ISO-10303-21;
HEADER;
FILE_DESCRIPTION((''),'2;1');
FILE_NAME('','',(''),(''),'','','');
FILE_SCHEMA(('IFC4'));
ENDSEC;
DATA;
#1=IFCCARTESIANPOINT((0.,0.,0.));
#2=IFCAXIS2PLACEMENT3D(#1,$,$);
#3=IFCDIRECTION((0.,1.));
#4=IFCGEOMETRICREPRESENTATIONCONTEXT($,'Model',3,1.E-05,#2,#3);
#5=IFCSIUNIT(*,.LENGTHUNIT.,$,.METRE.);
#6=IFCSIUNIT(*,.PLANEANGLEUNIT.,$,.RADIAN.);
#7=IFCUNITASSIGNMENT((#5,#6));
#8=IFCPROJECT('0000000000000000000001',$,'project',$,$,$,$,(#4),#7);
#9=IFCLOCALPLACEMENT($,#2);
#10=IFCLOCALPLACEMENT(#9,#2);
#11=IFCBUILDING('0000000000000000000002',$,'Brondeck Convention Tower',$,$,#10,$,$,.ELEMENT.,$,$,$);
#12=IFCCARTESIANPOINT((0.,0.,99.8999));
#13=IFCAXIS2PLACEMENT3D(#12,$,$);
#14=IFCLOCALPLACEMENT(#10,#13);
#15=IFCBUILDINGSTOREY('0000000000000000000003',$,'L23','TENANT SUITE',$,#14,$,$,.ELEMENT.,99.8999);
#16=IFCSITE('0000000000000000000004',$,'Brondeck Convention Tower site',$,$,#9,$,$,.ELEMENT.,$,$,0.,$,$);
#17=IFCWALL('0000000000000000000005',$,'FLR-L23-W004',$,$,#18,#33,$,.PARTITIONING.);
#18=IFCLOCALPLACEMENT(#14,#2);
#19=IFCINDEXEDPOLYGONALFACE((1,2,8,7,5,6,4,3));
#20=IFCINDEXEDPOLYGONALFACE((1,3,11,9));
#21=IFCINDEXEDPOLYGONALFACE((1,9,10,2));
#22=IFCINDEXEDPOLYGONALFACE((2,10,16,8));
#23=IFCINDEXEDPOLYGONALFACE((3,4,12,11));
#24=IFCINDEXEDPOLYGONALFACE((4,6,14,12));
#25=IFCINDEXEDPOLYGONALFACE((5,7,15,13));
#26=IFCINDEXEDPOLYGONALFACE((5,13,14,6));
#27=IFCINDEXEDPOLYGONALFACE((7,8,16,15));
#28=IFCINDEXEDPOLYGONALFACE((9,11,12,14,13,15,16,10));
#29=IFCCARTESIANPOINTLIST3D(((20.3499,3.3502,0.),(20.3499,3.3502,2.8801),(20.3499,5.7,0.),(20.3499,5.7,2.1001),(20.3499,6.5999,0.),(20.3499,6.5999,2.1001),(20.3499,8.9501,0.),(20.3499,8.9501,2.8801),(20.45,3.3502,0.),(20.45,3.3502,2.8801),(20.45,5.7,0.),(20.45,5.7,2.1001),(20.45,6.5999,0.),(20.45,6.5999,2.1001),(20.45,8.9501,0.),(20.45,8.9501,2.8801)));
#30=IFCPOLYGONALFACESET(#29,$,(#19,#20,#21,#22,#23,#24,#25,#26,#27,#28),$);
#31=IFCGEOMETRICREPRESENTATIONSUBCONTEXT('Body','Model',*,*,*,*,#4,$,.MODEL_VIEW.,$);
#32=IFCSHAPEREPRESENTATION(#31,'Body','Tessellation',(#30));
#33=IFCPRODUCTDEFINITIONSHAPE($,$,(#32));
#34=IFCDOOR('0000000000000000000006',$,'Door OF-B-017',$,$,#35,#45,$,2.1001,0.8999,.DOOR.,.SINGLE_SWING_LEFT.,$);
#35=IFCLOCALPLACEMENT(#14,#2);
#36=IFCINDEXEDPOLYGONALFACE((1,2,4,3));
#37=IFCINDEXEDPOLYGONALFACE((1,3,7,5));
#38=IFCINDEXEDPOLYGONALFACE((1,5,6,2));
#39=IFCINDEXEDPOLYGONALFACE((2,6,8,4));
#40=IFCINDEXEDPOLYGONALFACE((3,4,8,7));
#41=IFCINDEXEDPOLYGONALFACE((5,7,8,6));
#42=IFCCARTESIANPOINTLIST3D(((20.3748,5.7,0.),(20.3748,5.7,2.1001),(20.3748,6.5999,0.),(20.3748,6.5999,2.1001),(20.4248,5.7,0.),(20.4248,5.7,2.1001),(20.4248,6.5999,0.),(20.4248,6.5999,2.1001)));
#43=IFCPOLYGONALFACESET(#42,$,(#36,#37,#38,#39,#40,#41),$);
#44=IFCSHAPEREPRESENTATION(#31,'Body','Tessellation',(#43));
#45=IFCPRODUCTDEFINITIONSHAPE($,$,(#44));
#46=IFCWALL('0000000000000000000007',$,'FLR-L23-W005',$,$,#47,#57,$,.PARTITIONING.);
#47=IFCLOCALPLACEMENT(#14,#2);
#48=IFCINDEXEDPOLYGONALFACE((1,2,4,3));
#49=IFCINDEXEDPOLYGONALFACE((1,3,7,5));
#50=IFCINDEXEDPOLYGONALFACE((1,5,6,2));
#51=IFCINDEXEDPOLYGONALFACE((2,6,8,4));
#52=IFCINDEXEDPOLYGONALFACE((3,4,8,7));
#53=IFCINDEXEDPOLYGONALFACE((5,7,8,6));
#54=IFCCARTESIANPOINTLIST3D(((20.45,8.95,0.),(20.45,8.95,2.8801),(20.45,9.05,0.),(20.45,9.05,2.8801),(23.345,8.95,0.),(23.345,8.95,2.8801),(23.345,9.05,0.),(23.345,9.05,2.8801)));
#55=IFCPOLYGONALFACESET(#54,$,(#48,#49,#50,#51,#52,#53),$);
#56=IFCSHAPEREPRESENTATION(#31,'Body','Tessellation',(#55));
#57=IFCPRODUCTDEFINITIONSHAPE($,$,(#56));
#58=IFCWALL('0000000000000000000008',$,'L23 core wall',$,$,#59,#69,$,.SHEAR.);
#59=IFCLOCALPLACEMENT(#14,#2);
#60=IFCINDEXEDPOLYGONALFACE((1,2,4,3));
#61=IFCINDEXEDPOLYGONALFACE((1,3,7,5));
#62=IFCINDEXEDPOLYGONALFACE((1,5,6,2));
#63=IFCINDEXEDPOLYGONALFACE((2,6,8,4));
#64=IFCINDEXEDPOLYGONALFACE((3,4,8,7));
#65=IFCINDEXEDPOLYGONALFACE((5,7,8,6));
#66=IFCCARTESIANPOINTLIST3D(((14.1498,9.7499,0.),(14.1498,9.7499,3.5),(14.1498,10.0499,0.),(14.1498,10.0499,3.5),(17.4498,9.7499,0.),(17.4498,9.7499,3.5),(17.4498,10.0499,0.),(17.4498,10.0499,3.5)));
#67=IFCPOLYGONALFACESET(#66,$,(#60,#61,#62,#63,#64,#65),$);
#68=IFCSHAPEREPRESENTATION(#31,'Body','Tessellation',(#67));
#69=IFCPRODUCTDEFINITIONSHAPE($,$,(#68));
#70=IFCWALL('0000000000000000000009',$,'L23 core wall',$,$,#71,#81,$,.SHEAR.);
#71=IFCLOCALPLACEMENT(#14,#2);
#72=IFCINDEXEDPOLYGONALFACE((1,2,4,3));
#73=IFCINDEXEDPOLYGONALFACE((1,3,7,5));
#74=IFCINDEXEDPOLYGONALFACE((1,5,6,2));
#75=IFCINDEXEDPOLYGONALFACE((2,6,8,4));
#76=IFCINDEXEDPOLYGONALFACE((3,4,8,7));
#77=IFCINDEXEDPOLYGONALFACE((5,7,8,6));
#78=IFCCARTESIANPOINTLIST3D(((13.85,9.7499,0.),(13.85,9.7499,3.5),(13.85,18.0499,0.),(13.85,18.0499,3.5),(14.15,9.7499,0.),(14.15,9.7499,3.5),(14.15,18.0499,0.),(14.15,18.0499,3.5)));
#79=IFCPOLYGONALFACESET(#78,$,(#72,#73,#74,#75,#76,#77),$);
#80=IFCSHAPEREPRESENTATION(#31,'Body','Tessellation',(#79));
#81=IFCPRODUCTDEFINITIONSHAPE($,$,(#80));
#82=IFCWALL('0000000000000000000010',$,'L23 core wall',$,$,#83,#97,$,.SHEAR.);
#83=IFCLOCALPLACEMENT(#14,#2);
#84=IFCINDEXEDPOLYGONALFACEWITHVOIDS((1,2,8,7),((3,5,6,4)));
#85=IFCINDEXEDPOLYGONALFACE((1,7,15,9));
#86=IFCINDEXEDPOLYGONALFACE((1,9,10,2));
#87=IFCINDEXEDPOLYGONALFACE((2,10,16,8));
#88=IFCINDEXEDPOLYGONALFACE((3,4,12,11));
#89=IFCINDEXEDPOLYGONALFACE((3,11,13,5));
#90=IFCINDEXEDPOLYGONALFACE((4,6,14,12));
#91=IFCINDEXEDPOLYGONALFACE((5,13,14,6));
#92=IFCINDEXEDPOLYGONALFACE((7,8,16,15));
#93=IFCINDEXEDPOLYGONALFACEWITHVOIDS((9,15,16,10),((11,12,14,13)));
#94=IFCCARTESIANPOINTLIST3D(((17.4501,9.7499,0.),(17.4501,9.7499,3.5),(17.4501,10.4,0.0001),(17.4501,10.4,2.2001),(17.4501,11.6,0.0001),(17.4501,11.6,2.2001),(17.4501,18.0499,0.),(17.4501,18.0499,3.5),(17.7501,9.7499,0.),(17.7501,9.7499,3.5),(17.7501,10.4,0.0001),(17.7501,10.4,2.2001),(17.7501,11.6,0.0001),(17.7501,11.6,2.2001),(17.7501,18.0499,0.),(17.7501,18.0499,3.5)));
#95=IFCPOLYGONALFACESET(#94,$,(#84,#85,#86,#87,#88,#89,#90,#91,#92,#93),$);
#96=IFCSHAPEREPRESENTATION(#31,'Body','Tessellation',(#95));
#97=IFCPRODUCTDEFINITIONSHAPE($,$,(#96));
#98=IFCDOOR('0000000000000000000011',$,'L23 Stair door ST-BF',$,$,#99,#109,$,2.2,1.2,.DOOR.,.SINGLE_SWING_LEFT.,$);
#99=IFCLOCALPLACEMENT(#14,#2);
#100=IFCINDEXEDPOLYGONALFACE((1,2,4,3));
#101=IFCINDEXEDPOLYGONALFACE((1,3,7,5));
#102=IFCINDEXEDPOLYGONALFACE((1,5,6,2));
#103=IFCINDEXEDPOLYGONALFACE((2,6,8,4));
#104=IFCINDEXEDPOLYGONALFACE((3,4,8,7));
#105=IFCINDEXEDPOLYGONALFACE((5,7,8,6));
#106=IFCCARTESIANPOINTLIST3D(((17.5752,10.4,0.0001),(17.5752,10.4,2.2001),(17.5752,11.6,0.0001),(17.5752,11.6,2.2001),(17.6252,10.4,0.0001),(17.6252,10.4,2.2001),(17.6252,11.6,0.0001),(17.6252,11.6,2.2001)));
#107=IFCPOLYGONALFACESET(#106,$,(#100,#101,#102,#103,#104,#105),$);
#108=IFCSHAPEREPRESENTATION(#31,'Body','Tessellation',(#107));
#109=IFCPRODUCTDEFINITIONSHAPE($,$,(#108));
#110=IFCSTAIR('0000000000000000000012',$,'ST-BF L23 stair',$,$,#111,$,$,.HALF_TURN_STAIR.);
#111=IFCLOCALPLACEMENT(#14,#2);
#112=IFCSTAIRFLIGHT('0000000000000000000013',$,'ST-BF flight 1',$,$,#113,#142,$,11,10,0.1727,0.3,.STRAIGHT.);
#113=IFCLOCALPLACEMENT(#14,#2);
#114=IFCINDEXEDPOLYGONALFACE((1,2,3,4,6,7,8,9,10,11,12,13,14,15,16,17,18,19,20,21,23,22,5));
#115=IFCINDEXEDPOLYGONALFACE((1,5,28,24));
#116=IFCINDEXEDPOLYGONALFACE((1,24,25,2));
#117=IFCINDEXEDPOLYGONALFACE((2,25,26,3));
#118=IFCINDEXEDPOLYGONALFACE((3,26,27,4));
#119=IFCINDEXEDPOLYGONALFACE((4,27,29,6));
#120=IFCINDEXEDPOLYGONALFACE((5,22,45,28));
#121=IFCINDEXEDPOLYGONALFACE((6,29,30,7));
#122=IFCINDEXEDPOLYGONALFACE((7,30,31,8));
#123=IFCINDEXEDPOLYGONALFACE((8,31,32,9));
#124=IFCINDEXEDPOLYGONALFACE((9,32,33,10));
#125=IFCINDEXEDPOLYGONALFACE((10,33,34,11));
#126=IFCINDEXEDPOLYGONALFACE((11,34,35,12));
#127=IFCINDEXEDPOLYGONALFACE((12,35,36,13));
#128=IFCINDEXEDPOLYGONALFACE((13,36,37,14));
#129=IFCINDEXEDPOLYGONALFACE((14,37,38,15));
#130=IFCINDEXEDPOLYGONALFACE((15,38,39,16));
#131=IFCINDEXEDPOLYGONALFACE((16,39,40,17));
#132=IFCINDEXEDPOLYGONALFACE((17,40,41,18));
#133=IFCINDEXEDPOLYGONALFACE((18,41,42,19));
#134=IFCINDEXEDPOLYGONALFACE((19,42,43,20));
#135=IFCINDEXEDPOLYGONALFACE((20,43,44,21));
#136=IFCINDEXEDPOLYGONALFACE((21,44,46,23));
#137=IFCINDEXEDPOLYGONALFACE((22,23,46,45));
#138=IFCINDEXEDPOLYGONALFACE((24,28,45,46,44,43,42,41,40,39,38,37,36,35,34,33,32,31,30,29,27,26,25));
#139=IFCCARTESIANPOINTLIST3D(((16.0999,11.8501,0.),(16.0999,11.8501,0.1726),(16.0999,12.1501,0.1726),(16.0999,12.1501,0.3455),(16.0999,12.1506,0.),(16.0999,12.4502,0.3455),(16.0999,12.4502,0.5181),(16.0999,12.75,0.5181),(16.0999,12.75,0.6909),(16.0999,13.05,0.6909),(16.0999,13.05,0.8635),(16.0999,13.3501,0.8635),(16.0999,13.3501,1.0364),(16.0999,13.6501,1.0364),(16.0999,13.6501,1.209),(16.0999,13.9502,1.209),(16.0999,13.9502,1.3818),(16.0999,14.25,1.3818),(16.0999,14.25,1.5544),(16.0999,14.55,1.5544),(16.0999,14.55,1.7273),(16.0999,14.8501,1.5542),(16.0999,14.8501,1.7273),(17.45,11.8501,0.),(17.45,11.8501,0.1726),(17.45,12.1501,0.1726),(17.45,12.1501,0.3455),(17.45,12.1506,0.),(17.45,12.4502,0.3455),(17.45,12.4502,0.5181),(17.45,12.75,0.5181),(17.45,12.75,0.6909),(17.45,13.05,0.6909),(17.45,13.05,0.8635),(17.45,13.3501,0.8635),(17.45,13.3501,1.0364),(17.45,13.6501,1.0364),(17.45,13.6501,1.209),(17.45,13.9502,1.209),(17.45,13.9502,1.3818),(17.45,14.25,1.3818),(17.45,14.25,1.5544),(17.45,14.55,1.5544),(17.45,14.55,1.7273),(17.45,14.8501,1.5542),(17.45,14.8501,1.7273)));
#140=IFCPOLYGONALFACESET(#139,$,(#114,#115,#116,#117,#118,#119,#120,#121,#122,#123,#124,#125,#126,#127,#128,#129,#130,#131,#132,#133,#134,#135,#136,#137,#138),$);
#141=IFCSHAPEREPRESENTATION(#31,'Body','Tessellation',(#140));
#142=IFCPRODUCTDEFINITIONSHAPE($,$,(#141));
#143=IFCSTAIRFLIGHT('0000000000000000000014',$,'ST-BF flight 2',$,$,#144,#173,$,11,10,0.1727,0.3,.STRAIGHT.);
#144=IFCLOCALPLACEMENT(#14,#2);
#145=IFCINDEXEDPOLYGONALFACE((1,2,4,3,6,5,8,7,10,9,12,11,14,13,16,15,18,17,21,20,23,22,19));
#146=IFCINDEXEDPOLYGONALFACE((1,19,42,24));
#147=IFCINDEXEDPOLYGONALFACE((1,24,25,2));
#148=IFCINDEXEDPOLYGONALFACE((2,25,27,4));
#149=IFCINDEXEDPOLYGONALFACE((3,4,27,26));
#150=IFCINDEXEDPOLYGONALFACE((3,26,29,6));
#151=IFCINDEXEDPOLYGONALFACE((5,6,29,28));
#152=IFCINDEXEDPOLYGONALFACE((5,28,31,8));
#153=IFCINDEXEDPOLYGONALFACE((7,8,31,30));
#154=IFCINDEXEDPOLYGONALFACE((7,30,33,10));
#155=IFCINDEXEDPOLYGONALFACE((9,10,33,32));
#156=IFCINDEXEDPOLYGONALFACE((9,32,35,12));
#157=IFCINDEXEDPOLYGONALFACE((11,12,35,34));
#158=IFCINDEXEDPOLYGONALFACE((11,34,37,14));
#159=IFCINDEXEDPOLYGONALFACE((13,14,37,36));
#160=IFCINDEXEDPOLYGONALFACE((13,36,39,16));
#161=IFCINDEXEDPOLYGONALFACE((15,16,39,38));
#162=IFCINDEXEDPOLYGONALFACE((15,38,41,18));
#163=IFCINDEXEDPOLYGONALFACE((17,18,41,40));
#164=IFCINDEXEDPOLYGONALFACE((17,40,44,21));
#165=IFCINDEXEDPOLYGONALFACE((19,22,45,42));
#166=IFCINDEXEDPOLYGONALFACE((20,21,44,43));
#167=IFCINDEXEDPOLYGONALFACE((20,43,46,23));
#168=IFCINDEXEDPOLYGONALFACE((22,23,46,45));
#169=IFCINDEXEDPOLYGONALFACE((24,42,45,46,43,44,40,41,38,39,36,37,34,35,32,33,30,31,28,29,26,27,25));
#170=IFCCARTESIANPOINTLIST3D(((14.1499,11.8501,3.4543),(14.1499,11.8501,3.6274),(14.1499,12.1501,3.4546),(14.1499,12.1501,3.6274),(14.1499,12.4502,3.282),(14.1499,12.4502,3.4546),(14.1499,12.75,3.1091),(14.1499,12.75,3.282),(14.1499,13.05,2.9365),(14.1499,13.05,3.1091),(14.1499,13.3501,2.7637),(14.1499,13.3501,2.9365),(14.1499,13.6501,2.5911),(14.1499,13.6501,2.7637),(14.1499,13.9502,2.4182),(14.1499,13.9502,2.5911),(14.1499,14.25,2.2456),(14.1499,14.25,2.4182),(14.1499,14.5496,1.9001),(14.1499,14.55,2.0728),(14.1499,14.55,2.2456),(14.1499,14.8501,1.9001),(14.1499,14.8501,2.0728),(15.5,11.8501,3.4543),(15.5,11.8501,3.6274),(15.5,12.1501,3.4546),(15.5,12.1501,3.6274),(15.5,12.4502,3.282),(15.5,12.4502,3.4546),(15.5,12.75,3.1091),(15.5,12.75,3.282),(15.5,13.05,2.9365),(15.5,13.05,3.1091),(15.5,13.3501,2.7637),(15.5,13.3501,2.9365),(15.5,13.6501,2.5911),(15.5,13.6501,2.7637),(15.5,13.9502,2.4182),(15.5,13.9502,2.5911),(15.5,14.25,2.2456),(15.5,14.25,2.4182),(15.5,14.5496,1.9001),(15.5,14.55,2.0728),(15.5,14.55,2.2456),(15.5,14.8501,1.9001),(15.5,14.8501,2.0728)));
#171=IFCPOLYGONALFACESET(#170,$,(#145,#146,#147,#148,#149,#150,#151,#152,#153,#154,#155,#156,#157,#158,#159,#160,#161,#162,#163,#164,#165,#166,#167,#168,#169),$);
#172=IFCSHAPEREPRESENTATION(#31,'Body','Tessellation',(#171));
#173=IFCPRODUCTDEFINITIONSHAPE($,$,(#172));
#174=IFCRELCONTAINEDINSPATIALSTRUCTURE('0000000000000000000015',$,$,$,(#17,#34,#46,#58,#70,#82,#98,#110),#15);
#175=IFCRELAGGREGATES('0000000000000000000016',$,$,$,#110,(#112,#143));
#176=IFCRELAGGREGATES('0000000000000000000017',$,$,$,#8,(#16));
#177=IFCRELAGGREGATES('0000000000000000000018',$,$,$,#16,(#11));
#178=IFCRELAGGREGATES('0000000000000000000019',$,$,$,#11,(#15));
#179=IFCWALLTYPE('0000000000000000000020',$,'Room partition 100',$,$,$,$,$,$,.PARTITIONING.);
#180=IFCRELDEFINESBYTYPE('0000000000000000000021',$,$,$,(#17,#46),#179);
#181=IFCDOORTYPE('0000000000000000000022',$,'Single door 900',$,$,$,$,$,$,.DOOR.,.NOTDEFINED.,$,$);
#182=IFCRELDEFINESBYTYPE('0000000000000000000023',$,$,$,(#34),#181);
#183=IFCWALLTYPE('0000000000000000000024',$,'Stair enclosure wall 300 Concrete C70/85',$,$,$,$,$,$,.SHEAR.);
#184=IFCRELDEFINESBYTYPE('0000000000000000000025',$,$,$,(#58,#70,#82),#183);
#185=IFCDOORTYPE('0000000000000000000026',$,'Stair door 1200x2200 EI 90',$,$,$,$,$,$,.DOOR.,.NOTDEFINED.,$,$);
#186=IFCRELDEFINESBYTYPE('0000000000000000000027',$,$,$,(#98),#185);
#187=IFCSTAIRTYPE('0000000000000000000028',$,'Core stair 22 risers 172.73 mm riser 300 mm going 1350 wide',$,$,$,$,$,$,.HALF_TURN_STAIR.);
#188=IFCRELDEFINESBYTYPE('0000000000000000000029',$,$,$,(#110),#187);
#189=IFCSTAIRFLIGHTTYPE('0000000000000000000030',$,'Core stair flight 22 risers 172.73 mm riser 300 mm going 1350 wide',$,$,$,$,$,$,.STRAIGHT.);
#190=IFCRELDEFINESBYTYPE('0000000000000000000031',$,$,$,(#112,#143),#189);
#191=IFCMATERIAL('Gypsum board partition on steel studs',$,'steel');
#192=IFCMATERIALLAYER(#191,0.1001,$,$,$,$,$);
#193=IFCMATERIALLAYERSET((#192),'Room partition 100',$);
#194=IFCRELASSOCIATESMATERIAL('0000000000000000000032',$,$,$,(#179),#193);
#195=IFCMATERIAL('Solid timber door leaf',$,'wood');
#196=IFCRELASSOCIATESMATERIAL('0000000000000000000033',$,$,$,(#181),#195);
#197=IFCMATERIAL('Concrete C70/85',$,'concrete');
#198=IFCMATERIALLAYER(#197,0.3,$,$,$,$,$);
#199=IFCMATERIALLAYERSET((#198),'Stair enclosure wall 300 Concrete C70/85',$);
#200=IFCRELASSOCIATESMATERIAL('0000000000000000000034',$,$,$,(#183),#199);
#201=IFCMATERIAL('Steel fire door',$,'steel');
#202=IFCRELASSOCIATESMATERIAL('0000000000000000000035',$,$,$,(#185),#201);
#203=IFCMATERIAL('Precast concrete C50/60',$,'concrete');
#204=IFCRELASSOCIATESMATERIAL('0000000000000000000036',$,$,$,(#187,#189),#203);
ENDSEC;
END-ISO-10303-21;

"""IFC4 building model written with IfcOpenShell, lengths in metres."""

from ifc_helpers import new_model, si_unit, direction, frame, frame_2d, origin, place, context, subcontext, project, spatial, polyline, rectangle, outline, extrude, material, layer, layer_set, type_object, element, fill, aggregate, save


model = new_model("IFC4")

# Units and contexts
model_context = context("Model", 3, precision=1e-05, world=origin(), true_north=direction((0.0, 1.0)))
body_context = subcontext(model_context, "Body", "Model", "MODEL_VIEW")
ifc_project = project(units=[si_unit("LENGTHUNIT", "METRE"), si_unit("PLANEANGLEUNIT", "RADIAN")], contexts=[model_context])

# Site, building, storey
site_placement = place(None, origin())
site = spatial("IfcSite", under=ifc_project, at=site_placement, Name="Brondeck Convention Tower site", CompositionType="ELEMENT", RefElevation=0.0)
building_placement = place(site_placement, origin())
building = spatial("IfcBuilding", under=site, at=building_placement, Name="Brondeck Convention Tower", CompositionType="ELEMENT")
storey_placement = place(building_placement, frame((0.0, 0.0, 99.8999)))
storey = spatial("IfcBuildingStorey", under=building, at=storey_placement, Name="L23", Description="TENANT SUITE", CompositionType="ELEMENT", Elevation=99.8999)

# Shared definitions
ifc_material_1 = material(Name="Concrete C70/85", Category="concrete")

# Shared definitions
ifc_material_2 = material(Name="Gypsum board partition on steel studs", Category="steel")
ifc_layer_1 = layer(ifc_material_2, 0.1001)
ifc_layer_set_1 = layer_set([ifc_layer_1], Name="Room partition 100")
wall_type_1 = type_object("IfcWallType", Name="Room partition 100", PredefinedType="PARTITIONING", material=ifc_layer_set_1)

# Wall, opening, door
ifc_material_3 = material(Name="Solid timber door leaf", Category="wood")
door_type_1 = type_object("IfcDoorType", Name="Single door 900", OperationType="NOTDEFINED", PredefinedType="DOOR", material=ifc_material_3)
wall_1_placement = place(storey_placement, frame((20.3999, 8.95, 0.0), z_axis=(0.0, 0.0, 1.0), x_axis=(0.0, -1.0, 0.0)))
wall_1 = element("IfcWall", 1, at=wall_1_placement, inside=storey, type_object=wall_type_1, Name="FLR-L23-W004", PredefinedType="PARTITIONING", context=body_context, shape_type="SweptSolid", body=[
    extrude(rectangle(XDim=5.5999, YDim=0.1001, at=frame_2d((2.7998, 0.0))), origin(), (0.0, 0.0, 1.0), 2.8801),
])
opening_1_placement = place(wall_1_placement, frame((2.3501, 0.0, 0.0)))
opening_1 = element("IfcOpeningElement", 2, at=opening_1_placement, cuts=wall_1, PredefinedType="OPENING", context=body_context, shape_type="SweptSolid", body=[
    extrude(rectangle(XDim=0.8999, YDim=2.1001, at=frame_2d((0.45, 1.05))), frame((0.0, 0.0601, 0.0), z_axis=(0.0, -1.0, 0.0), x_axis=(1.0, 0.0, 0.0)), (0.0, 0.0, 1.0), 0.1201),
])
door_1_placement = place(opening_1_placement, origin())
door_1 = element("IfcDoor", 3, at=door_1_placement, inside=storey, type_object=door_type_1, Name="Door OF-B-017", OperationType="SINGLE_SWING_LEFT", OverallHeight=2.1001, OverallWidth=0.8999, PredefinedType="DOOR", context=body_context, shape_type="SweptSolid", body=[
    extrude(rectangle(XDim=0.8999, YDim=2.1001, at=frame_2d((0.45, 1.05))), frame((0.0, 0.0249, 0.0), z_axis=(0.0, -1.0, 0.0), x_axis=(1.0, 0.0, 0.0)), (0.0, 0.0, 1.0), 0.05),
])
fill(opening_1, door_1)

# Walls
wall_2_placement = place(storey_placement, frame((23.345, 9.0, 0.0), z_axis=(0.0, 0.0, 1.0), x_axis=(-1.0, 0.0, 0.0)))
element("IfcWall", 4, at=wall_2_placement, inside=storey, type_object=wall_type_1, Name="FLR-L23-W005", PredefinedType="PARTITIONING", context=body_context, shape_type="SweptSolid", body=[
    extrude(rectangle(XDim=2.895, YDim=0.1001, at=frame_2d((1.4475, 0.0))), origin(), (0.0, 0.0, 1.0), 2.8801),
])
ifc_layer_2 = layer(ifc_material_1, 0.3)
ifc_layer_set_2 = layer_set([ifc_layer_2], Name="Stair enclosure wall 300 Concrete C70/85")
wall_type_2 = type_object("IfcWallType", Name="Stair enclosure wall 300 Concrete C70/85", PredefinedType="SHEAR", material=ifc_layer_set_2)
wall_3_placement = place(storey_placement, frame((14.1499, 9.8999, 0.0), z_axis=(0.0, 0.0, 1.0), x_axis=(1.0, 0.0, 0.0)))
element("IfcWall", 5, at=wall_3_placement, inside=storey, type_object=wall_type_2, Name="L23 core wall", PredefinedType="SHEAR", context=body_context, shape_type="SweptSolid", body=[
    extrude(rectangle(XDim=3.3, YDim=0.3, at=frame_2d((1.6499, 0.0))), origin(), (0.0, 0.0, 1.0), 3.5),
])
wall_4_placement = place(storey_placement, frame((14.0, 9.75, 0.0), z_axis=(0.0, 0.0, 1.0), x_axis=(0.0, 1.0, 0.0)))
element("IfcWall", 6, at=wall_4_placement, inside=storey, type_object=wall_type_2, Name="L23 core wall", PredefinedType="SHEAR", context=body_context, shape_type="SweptSolid", body=[
    extrude(rectangle(XDim=8.3, YDim=0.3, at=frame_2d((4.1499, 0.0))), origin(), (0.0, 0.0, 1.0), 3.5),
])

# Wall, opening, door
wall_5_placement = place(storey_placement, frame((17.6001, 9.75, 0.0), z_axis=(0.0, 0.0, 1.0), x_axis=(0.0, 1.0, 0.0)))
wall_5 = element("IfcWall", 7, at=wall_5_placement, inside=storey, type_object=wall_type_2, Name="L23 core wall", PredefinedType="SHEAR", context=body_context, shape_type="SweptSolid", body=[
    extrude(rectangle(XDim=8.3, YDim=0.3, at=frame_2d((4.1499, 0.0))), origin(), (0.0, 0.0, 1.0), 3.5),
])
opening_2_placement = place(wall_5_placement, frame((0.6499, 0.0, 0.0)))
opening_2 = element("IfcOpeningElement", 8, at=opening_2_placement, cuts=wall_5, PredefinedType="OPENING", context=body_context, shape_type="SweptSolid", body=[
    extrude(rectangle(XDim=1.2, YDim=2.2, at=frame_2d((0.6001, 1.1001))), frame((0.0, 0.1599, 0.0), z_axis=(0.0, -1.0, 0.0), x_axis=(1.0, 0.0, 0.0)), (0.0, 0.0, 1.0), 0.3201),
])
ifc_material_4 = material(Name="Steel fire door", Category="steel")
door_type_2 = type_object("IfcDoorType", Name="Stair door 1200x2200 EI 90", OperationType="NOTDEFINED", PredefinedType="DOOR", material=ifc_material_4)
door_2_placement = place(opening_2_placement, origin())
door_2 = element("IfcDoor", 9, at=door_2_placement, inside=storey, type_object=door_type_2, Name="L23 Stair door ST-BF", OperationType="SINGLE_SWING_LEFT", OverallHeight=2.2, OverallWidth=1.2, PredefinedType="DOOR", context=body_context, shape_type="SweptSolid", body=[
    extrude(rectangle(XDim=1.2, YDim=2.2, at=frame_2d((0.6001, 1.1001))), frame((0.0, 0.0249, 0.0), z_axis=(0.0, -1.0, 0.0), x_axis=(1.0, 0.0, 0.0)), (0.0, 0.0, 1.0), 0.05),
])
fill(opening_2, door_2)

# Stair, stair flights
ifc_material_5 = material(Name="Precast concrete C50/60", Category="concrete")
stair_type = type_object("IfcStairType", Name="Core stair 22 risers 172.73 mm riser 300 mm going 1350 wide", PredefinedType="HALF_TURN_STAIR", material=ifc_material_5)
stair_placement = place(storey_placement, origin())
stair = element("IfcStair", 10, at=stair_placement, inside=storey, type_object=stair_type, Name="ST-BF L23 stair", PredefinedType="HALF_TURN_STAIR")
stair_flight_type = type_object("IfcStairFlightType", Name="Core stair flight 22 risers 172.73 mm riser 300 mm going 1350 wide", PredefinedType="STRAIGHT", material=ifc_material_5)
stair_flight_1_placement = place(storey_placement, frame((16.7749, 11.8501, 0.0), z_axis=(0.0, 0.0, 1.0), x_axis=(0.0, 1.0, 0.0)))
stair_flight_1 = element("IfcStairFlight", 11, at=stair_flight_1_placement, type_object=stair_flight_type, Name="ST-BF flight 1", NumberOfRisers=11, NumberOfTreads=10, PredefinedType="STRAIGHT", RiserHeight=0.1727, TreadLength=0.3, context=body_context, shape_type="SweptSolid", body=[
    extrude(outline(polyline([(0.0, 0.0), (0.0, 0.1726), (0.3, 0.1726), (0.3, 0.3455), (0.6001, 0.3455), (0.6001, 0.5181), (0.8999, 0.5181), (0.8999, 0.6909), (1.2, 0.6909), (1.2, 0.8635), (1.5, 0.8635), (1.5, 1.0364), (1.8, 1.0364), (1.8, 1.209), (2.1001, 1.209), (2.1001, 1.3818), (2.3999, 1.3818), (2.3999, 1.5544), (2.7, 1.5544), (2.7, 1.7273), (3.0, 1.7273), (3.0, 1.8999), (3.0, 1.5542), (0.3005, 0.0), (0.0, 0.0)])), frame((0.0, 0.675, 0.0), z_axis=(0.0, -1.0, 0.0), x_axis=(1.0, 0.0, 0.0)), (0.0, 0.0, 1.0), 1.3501),
])
stair_flight_2_placement = place(storey_placement, frame((14.825, 14.8501, 1.9001), z_axis=(0.0, 0.0, 1.0), x_axis=(0.0, -1.0, 0.0)))
stair_flight_2 = element("IfcStairFlight", 12, at=stair_flight_2_placement, type_object=stair_flight_type, Name="ST-BF flight 2", NumberOfRisers=11, NumberOfTreads=10, PredefinedType="STRAIGHT", RiserHeight=0.1727, TreadLength=0.3, context=body_context, shape_type="SweptSolid", body=[
    extrude(outline(polyline([(0.0, 0.0), (0.0, 0.1726), (0.3, 0.1726), (0.3, 0.3455), (0.6001, 0.3455), (0.6001, 0.5181), (0.8999, 0.5181), (0.8999, 0.6909), (1.2, 0.6909), (1.2, 0.8635), (1.5, 0.8635), (1.5, 1.0364), (1.8, 1.0364), (1.8, 1.209), (2.1001, 1.209), (2.1001, 1.3818), (2.3999, 1.3818), (2.3999, 1.5544), (2.7, 1.5544), (2.7, 1.7273), (3.0, 1.7273), (3.0, 1.8999), (3.0, 1.5542), (0.3005, 0.0), (0.0, 0.0)])), frame((0.0, 0.675, 0.0), z_axis=(0.0, -1.0, 0.0), x_axis=(1.0, 0.0, 0.0)), (0.0, 0.0, 1.0), 1.3501),
])
aggregate(stair, [stair_flight_1, stair_flight_2])

save(model, "model.ifc")
